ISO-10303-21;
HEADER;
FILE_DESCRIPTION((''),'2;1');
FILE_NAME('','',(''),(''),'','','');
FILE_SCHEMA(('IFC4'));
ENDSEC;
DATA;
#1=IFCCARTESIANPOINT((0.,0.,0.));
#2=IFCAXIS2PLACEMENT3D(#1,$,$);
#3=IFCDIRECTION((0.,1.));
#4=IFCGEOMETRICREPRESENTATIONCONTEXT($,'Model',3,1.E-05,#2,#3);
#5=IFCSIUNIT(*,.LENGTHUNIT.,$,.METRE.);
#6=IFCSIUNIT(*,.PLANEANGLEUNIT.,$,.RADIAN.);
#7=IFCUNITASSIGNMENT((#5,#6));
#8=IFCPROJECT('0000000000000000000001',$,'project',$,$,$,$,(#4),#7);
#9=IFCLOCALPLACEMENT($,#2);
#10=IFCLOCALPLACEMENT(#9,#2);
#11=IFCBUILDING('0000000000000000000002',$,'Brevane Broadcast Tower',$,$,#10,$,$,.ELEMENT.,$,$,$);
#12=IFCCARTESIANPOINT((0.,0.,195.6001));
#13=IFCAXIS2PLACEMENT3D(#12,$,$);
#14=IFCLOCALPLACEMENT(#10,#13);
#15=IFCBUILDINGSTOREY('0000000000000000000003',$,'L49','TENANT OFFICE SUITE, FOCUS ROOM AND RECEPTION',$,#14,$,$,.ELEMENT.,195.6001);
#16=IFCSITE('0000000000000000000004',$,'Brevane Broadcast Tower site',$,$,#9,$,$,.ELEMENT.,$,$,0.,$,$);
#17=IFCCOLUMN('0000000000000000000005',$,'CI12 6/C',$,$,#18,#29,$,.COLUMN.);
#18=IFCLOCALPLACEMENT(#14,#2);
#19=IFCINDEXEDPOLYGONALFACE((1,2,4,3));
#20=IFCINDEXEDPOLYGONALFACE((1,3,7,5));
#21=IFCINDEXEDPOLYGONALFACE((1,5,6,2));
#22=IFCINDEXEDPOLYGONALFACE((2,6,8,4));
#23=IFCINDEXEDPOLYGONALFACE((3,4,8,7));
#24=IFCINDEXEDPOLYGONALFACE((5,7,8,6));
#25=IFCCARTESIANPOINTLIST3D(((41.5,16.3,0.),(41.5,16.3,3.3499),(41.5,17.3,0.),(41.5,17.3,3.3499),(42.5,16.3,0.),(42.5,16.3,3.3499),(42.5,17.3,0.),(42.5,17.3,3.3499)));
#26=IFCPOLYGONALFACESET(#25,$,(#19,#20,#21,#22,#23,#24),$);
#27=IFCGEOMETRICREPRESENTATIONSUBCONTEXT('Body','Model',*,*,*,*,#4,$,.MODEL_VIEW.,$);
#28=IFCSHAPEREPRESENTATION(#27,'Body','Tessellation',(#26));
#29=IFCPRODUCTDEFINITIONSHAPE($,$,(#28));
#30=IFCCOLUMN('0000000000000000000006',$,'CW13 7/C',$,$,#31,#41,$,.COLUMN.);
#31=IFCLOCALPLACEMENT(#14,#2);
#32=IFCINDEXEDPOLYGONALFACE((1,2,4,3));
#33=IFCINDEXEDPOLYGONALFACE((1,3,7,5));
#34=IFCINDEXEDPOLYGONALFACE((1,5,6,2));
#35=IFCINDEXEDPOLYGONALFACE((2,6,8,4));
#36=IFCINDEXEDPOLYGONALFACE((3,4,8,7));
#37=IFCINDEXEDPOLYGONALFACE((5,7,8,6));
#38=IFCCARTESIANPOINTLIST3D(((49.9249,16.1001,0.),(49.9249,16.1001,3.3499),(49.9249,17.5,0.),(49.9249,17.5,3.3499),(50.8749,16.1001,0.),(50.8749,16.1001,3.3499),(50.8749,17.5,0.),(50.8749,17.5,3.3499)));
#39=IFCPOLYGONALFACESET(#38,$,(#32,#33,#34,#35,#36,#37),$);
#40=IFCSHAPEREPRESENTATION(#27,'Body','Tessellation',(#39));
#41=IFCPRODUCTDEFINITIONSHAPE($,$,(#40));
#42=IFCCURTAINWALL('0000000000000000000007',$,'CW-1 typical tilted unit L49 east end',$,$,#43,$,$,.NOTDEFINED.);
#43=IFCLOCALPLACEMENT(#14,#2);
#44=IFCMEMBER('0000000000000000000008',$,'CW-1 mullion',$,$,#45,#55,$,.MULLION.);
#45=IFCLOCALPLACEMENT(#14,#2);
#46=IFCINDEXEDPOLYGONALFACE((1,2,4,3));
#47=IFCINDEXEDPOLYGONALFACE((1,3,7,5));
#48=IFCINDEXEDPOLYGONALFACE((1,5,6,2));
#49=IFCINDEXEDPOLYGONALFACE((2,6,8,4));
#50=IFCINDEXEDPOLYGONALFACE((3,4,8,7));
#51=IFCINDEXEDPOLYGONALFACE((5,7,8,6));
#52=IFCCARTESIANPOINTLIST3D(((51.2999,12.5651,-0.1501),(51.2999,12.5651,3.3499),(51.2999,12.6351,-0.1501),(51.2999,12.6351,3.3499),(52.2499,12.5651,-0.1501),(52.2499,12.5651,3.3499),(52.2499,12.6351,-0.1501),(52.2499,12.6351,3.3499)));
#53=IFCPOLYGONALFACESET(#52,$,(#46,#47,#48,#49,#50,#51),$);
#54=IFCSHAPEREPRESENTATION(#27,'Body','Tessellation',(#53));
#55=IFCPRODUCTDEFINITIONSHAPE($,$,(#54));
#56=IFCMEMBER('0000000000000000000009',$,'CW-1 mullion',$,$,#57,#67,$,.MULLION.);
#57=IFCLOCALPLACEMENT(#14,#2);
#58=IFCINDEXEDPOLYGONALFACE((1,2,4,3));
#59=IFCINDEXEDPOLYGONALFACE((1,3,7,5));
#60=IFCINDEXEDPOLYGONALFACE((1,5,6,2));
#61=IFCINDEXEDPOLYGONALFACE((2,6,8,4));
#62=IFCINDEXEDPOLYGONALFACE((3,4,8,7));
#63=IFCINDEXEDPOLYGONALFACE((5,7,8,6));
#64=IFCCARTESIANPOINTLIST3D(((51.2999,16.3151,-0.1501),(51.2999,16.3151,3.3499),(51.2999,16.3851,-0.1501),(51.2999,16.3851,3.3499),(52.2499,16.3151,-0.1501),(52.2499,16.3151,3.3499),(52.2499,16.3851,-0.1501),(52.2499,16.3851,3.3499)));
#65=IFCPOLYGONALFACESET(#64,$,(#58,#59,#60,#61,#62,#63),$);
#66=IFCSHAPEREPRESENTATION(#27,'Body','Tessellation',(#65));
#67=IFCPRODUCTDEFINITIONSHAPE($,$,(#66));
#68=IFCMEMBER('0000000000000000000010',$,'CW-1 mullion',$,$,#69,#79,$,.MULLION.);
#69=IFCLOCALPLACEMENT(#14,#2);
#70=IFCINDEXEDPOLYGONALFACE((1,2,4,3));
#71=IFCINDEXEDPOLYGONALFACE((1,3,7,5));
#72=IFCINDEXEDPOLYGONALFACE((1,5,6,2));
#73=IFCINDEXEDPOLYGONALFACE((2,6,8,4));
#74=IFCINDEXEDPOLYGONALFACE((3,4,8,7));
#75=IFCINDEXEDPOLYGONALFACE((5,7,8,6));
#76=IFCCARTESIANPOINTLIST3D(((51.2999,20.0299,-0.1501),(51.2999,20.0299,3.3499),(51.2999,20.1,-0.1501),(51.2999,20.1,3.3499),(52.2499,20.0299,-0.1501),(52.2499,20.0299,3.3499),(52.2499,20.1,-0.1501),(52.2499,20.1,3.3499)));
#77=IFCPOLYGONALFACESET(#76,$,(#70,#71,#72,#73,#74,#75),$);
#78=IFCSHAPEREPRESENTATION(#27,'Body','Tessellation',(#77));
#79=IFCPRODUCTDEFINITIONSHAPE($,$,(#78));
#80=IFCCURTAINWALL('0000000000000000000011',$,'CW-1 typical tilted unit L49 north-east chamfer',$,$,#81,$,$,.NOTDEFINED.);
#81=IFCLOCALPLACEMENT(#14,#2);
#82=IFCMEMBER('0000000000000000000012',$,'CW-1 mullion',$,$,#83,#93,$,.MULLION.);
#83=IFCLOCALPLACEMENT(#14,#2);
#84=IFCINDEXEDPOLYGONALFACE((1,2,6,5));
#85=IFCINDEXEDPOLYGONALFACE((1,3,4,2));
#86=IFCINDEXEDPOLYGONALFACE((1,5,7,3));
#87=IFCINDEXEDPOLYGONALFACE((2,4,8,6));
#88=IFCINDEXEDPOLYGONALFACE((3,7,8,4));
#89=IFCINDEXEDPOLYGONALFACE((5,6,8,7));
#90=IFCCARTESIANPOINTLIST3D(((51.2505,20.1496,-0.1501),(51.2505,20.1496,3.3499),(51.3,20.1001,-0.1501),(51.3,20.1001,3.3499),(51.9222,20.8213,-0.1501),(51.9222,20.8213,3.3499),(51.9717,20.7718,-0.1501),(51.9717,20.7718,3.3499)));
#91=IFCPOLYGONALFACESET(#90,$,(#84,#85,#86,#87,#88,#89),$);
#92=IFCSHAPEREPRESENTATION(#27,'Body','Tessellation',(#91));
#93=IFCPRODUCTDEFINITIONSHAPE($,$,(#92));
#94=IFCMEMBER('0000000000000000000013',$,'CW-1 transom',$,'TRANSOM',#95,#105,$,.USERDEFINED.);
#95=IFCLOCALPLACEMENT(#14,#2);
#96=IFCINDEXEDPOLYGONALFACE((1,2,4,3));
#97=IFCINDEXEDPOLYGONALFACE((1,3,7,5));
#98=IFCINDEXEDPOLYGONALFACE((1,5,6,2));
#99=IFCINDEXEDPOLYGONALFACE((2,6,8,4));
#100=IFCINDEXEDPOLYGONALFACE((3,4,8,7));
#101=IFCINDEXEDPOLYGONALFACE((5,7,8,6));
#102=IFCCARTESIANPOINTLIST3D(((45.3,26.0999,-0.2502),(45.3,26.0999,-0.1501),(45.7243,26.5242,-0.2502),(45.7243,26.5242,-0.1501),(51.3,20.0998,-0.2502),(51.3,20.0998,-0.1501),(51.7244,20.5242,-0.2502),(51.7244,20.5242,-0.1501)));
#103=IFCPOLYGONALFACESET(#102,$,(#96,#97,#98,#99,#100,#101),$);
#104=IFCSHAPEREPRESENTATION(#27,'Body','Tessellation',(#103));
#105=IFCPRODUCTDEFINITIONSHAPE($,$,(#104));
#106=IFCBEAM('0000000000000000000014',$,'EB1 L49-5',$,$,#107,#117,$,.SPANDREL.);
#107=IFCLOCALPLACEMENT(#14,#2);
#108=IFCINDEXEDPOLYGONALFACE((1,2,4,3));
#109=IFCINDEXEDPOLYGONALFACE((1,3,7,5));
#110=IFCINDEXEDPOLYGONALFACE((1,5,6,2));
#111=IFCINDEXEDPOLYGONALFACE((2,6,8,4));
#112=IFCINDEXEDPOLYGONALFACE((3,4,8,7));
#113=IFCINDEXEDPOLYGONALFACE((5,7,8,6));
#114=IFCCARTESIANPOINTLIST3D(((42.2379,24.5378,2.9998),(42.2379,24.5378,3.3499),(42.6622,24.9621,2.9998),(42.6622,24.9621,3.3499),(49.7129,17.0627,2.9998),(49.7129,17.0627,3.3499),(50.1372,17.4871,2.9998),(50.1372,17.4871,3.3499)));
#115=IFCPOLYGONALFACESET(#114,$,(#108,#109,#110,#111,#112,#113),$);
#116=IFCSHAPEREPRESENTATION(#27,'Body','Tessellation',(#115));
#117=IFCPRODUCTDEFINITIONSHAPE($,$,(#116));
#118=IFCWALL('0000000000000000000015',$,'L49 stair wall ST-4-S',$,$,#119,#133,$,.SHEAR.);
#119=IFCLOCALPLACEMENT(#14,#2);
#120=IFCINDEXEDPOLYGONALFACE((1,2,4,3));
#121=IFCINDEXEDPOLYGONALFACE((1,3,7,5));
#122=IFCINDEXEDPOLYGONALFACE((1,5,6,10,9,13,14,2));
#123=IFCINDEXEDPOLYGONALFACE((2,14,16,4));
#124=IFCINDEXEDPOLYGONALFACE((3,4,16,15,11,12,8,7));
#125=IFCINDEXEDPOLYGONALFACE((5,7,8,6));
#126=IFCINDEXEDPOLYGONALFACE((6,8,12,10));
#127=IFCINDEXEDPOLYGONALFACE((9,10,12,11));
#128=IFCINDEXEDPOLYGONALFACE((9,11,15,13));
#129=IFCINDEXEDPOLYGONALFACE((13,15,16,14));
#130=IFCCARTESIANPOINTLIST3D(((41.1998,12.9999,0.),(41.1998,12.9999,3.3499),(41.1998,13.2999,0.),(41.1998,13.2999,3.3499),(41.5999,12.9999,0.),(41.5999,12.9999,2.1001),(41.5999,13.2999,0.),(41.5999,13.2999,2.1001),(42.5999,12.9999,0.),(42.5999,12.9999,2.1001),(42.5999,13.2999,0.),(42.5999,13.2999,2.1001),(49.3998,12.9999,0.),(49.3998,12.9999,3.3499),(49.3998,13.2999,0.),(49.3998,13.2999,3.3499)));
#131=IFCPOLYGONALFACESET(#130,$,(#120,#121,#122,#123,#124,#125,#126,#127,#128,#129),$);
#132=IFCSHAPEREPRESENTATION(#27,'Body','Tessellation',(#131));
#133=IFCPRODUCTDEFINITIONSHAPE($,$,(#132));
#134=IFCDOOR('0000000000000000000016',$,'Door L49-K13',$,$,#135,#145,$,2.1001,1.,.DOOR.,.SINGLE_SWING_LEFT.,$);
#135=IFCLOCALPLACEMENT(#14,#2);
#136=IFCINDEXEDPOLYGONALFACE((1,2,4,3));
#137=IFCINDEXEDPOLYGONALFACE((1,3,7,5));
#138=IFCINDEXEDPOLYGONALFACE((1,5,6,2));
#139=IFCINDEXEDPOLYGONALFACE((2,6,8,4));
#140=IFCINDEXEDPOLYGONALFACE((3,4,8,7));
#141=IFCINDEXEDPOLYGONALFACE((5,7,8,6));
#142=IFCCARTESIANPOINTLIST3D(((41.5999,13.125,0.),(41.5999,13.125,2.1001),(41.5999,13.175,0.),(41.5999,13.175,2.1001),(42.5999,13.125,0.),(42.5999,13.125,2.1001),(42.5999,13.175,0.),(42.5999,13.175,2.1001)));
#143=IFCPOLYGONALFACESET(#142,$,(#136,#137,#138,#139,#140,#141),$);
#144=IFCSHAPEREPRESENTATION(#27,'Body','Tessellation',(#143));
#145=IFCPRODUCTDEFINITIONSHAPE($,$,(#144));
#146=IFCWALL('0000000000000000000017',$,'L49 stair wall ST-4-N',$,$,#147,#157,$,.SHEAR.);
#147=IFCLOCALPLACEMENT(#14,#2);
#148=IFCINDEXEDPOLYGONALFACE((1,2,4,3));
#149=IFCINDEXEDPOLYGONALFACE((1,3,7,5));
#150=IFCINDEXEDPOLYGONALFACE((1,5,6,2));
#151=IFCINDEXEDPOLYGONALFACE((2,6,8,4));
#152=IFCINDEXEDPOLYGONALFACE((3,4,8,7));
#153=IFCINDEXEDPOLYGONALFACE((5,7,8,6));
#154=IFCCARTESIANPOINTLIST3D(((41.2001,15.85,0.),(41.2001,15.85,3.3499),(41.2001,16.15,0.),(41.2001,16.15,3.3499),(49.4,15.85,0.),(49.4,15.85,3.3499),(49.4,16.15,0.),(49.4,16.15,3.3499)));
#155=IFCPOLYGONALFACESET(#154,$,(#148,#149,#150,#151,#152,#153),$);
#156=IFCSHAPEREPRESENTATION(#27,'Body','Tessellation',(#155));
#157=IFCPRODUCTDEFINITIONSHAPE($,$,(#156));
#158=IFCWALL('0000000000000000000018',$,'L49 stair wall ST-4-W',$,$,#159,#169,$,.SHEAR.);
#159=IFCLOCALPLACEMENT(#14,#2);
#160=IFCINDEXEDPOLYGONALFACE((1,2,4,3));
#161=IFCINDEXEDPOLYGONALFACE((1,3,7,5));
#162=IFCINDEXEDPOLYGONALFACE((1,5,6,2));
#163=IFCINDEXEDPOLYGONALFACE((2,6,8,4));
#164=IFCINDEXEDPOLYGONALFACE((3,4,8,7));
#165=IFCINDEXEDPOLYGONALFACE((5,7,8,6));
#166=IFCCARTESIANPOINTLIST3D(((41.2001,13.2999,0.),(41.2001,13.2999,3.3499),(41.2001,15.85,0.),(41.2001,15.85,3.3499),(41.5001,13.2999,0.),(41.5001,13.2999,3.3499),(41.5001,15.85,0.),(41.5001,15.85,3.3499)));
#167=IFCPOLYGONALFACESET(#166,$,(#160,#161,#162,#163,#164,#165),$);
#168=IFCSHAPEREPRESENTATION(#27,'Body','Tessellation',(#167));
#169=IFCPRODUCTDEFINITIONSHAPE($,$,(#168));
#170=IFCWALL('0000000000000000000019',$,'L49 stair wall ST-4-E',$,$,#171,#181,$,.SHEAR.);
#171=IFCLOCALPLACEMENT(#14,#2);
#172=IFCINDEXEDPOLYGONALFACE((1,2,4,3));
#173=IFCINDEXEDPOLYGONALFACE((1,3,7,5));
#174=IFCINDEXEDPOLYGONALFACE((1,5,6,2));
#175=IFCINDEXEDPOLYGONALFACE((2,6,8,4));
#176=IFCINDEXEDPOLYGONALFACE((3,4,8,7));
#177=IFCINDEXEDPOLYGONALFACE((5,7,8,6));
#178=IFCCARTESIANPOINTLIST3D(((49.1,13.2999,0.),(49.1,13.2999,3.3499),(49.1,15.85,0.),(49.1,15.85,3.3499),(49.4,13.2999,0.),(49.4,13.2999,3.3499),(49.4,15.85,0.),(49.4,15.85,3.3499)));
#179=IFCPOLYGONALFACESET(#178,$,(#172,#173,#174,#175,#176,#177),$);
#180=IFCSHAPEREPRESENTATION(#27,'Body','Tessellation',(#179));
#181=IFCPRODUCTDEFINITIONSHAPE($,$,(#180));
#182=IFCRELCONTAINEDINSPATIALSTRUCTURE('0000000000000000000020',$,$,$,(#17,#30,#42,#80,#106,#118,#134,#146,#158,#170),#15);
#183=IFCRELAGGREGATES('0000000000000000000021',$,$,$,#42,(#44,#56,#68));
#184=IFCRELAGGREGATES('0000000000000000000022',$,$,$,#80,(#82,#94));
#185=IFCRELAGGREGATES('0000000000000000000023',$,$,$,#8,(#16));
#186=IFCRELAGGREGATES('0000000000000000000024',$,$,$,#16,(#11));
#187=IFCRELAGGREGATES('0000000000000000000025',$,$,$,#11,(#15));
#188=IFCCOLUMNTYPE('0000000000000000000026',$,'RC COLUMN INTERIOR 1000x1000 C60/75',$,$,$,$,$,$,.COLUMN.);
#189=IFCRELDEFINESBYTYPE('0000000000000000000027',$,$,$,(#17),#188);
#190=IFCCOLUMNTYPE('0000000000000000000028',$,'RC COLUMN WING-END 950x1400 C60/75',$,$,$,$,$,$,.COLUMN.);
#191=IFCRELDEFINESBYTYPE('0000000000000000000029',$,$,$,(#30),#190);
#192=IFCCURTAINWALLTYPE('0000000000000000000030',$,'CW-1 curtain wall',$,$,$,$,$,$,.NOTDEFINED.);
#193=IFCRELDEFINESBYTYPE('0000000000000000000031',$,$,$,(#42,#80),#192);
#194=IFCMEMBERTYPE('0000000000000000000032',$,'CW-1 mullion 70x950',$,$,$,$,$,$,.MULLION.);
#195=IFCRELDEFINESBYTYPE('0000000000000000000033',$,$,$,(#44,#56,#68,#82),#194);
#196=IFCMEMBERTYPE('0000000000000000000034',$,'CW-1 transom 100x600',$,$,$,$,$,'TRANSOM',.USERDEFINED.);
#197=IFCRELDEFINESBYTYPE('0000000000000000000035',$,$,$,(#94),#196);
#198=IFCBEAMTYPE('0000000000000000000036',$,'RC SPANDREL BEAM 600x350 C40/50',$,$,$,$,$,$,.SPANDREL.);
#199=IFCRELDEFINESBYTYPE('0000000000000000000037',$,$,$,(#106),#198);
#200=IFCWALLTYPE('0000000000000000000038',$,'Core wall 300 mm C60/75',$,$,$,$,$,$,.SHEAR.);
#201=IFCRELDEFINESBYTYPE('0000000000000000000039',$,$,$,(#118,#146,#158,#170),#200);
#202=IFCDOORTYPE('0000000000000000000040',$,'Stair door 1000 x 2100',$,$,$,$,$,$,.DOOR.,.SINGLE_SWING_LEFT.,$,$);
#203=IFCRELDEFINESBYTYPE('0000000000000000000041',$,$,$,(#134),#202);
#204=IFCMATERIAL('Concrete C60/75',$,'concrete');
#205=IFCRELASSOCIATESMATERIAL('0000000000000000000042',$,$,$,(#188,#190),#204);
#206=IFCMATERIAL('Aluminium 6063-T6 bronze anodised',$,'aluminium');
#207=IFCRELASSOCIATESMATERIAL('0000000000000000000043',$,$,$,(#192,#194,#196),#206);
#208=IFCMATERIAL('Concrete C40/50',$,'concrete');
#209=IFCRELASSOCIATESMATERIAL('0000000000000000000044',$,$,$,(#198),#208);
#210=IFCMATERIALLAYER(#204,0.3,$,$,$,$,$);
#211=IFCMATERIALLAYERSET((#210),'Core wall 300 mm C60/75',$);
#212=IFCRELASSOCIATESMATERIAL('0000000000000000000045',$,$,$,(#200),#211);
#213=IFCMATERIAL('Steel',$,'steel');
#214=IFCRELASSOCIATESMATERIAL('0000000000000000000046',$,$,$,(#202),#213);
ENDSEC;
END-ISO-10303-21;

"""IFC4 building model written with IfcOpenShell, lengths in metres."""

from ifc_helpers import new_model, si_unit, direction, frame, frame_2d, origin, origin_2d, place, context, subcontext, project, spatial, rectangle, extrude, material, layer, layer_set, material_profile, profile_set, type_object, element, fill, aggregate, save


model = new_model("IFC4")

# Units and contexts
model_context = context("Model", 3, precision=1e-05, world=origin(), true_north=direction((0.0, 1.0)))
body_context = subcontext(model_context, "Body", "Model", "MODEL_VIEW")
ifc_project = project(units=[si_unit("LENGTHUNIT", "METRE"), si_unit("PLANEANGLEUNIT", "RADIAN")], contexts=[model_context])

# Site, building, storey
site_placement = place(None, origin())
site = spatial("IfcSite", under=ifc_project, at=site_placement, Name="Brevane Broadcast Tower site", CompositionType="ELEMENT", RefElevation=0.0)
building_placement = place(site_placement, origin())
building = spatial("IfcBuilding", under=site, at=building_placement, Name="Brevane Broadcast Tower", CompositionType="ELEMENT")
storey_placement = place(building_placement, frame((0.0, 0.0, 195.6001)))
storey = spatial("IfcBuildingStorey", under=building, at=storey_placement, Name="L49", Description="TENANT OFFICE SUITE, FOCUS ROOM AND RECEPTION", CompositionType="ELEMENT", Elevation=195.6001)

# Columns
ifc_material_1 = material(Name="Concrete C60/75", Category="concrete")
ifc_material_profile_1 = material_profile(ifc_material_1, rectangle(XDim=1.0, YDim=1.0, at=origin_2d()), Name="RC 1000x1000")
ifc_profile_set_1 = profile_set([ifc_material_profile_1], Name="Concrete C60/75")
column_type_1 = type_object("IfcColumnType", Name="RC COLUMN INTERIOR 1000x1000 C60/75", PredefinedType="COLUMN", material=ifc_profile_set_1)
column_1_placement = place(storey_placement, frame((42.0, 16.8, 0.0), z_axis=(0.0, 0.0, 1.0), x_axis=(1.0, 0.0, 0.0)))
element("IfcColumn", 1, at=column_1_placement, inside=storey, type_object=column_type_1, Name="CI12 6/C", PredefinedType="COLUMN", context=body_context, shape_type="SweptSolid", body=[
    extrude(rectangle(XDim=1.0, YDim=1.0, at=origin_2d()), origin(), (0.0, 0.0, 1.0), 3.3499),
])
ifc_material_profile_2 = material_profile(ifc_material_1, rectangle(XDim=0.95, YDim=1.3999, at=origin_2d()), Name="RC 950x1400")
ifc_profile_set_2 = profile_set([ifc_material_profile_2], Name="Concrete C60/75")
column_type_2 = type_object("IfcColumnType", Name="RC COLUMN WING-END 950x1400 C60/75", PredefinedType="COLUMN", material=ifc_profile_set_2)
column_2_placement = place(storey_placement, frame((50.3999, 16.8, 0.0), z_axis=(0.0, 0.0, 1.0), x_axis=(1.0, 0.0, 0.0)))
element("IfcColumn", 2, at=column_2_placement, inside=storey, type_object=column_type_2, Name="CW13 7/C", PredefinedType="COLUMN", context=body_context, shape_type="SweptSolid", body=[
    extrude(rectangle(XDim=0.95, YDim=1.3999, at=origin_2d()), origin(), (0.0, 0.0, 1.0), 3.3499),
])

# Curtain walls, members
ifc_material_2 = material(Name="Aluminium 6063-T6 bronze anodised", Category="aluminium")
curtain_wall_type = type_object("IfcCurtainWallType", Name="CW-1 curtain wall", PredefinedType="NOTDEFINED", material=ifc_material_2)
curtain_wall_1_placement = place(storey_placement, origin())
curtain_wall_1 = element("IfcCurtainWall", 3, at=curtain_wall_1_placement, inside=storey, type_object=curtain_wall_type, Name="CW-1 typical tilted unit L49 east end", PredefinedType="NOTDEFINED")
ifc_material_profile_3 = material_profile(ifc_material_2, rectangle(XDim=0.95, YDim=0.0701, at=origin_2d()), Name="RECT 70x950")
ifc_profile_set_3 = profile_set([ifc_material_profile_3], Name="Aluminium 6063-T6 bronze anodised")
member_type_1 = type_object("IfcMemberType", Name="CW-1 mullion 70x950", PredefinedType="MULLION", material=ifc_profile_set_3)
member_1_placement = place(storey_placement, frame((51.7749, 12.6001, -0.1501), z_axis=(0.0, 0.0, 1.0), x_axis=(-1.0, 0.0, 0.0)))
member_1 = element("IfcMember", 4, at=member_1_placement, type_object=member_type_1, Name="CW-1 mullion", PredefinedType="MULLION", context=body_context, shape_type="SweptSolid", body=[
    extrude(rectangle(XDim=0.95, YDim=0.0701, at=origin_2d()), origin(), (0.0, 0.0, 1.0), 3.5),
])
member_2_placement = place(storey_placement, frame((51.7749, 16.3501, -0.1501), z_axis=(0.0, 0.0, 1.0), x_axis=(-1.0, 0.0, 0.0)))
member_2 = element("IfcMember", 5, at=member_2_placement, type_object=member_type_1, Name="CW-1 mullion", PredefinedType="MULLION", context=body_context, shape_type="SweptSolid", body=[
    extrude(rectangle(XDim=0.95, YDim=0.0701, at=origin_2d()), origin(), (0.0, 0.0, 1.0), 3.5),
])
member_3_placement = place(storey_placement, frame((51.7749, 20.0649, -0.1501), z_axis=(0.0, 0.0, 1.0), x_axis=(-1.0, 0.0, 0.0)))
member_3 = element("IfcMember", 6, at=member_3_placement, type_object=member_type_1, Name="CW-1 mullion", PredefinedType="MULLION", context=body_context, shape_type="SweptSolid", body=[
    extrude(rectangle(XDim=0.95, YDim=0.0701, at=origin_2d()), origin(), (0.0, 0.0, 1.0), 3.5),
])
aggregate(curtain_wall_1, [member_1, member_2, member_3])
curtain_wall_2_placement = place(storey_placement, origin())
curtain_wall_2 = element("IfcCurtainWall", 7, at=curtain_wall_2_placement, inside=storey, type_object=curtain_wall_type, Name="CW-1 typical tilted unit L49 north-east chamfer", PredefinedType="NOTDEFINED")
member_4_placement = place(storey_placement, frame((51.6111, 20.4607, -0.1501), z_axis=(0.0, 0.0, 1.0), x_axis=(-0.707107, -0.707107, 0.0)))
member_4 = element("IfcMember", 8, at=member_4_placement, type_object=member_type_1, Name="CW-1 mullion", PredefinedType="MULLION", context=body_context, shape_type="SweptSolid", body=[
    extrude(rectangle(XDim=0.95, YDim=0.0701, at=origin_2d()), origin(), (0.0, 0.0, 1.0), 3.5),
])
ifc_material_profile_4 = material_profile(ifc_material_2, rectangle(XDim=0.6001, YDim=0.1001, at=origin_2d()), Name="RECT 100x600")
ifc_profile_set_4 = profile_set([ifc_material_profile_4], Name="Aluminium 6063-T6 bronze anodised")
member_type_2 = type_object("IfcMemberType", Name="CW-1 transom 100x600", ElementType="TRANSOM", PredefinedType="USERDEFINED", material=ifc_profile_set_4)
member_5_placement = place(storey_placement, frame((51.5122, 20.312, -0.2002), z_axis=(-0.707107, 0.707107, 0.0), x_axis=(-0.707107, -0.707107, 0.0)))
member_5 = element("IfcMember", 9, at=member_5_placement, type_object=member_type_2, Name="CW-1 transom", ObjectType="TRANSOM", PredefinedType="USERDEFINED", context=body_context, shape_type="SweptSolid", body=[
    extrude(rectangle(XDim=0.6001, YDim=0.1001, at=origin_2d()), origin(), (0.0, 0.0, 1.0), 8.4854),
])
aggregate(curtain_wall_2, [member_4, member_5])

# Beam
ifc_material_3 = material(Name="Concrete C40/50", Category="concrete")
ifc_material_profile_5 = material_profile(ifc_material_3, rectangle(XDim=0.6001, YDim=0.3501, at=origin_2d()), Name="RC 600x350")
ifc_profile_set_5 = profile_set([ifc_material_profile_5], Name="Concrete C40/50")
beam_type = type_object("IfcBeamType", Name="RC SPANDREL BEAM 600x350 C40/50", PredefinedType="SPANDREL", material=ifc_profile_set_5)
beam_placement = place(storey_placement, frame((49.925, 17.2749, 3.1748), z_axis=(-0.707107, 0.707107, 0.0), x_axis=(-0.707107, -0.707107, 0.0)))
element("IfcBeam", 10, at=beam_placement, inside=storey, type_object=beam_type, Name="EB1 L49-5", PredefinedType="SPANDREL", context=body_context, shape_type="SweptSolid", body=[
    extrude(rectangle(XDim=0.6001, YDim=0.3501, at=origin_2d()), origin(), (0.0, 0.0, 1.0), 10.5713),
])

# Wall, opening, door
ifc_layer_1 = layer(ifc_material_1, 0.3)
ifc_layer_set_1 = layer_set([ifc_layer_1], Name="Core wall 300 mm C60/75")
wall_type_1 = type_object("IfcWallType", Name="Core wall 300 mm C60/75", PredefinedType="SHEAR", material=ifc_layer_set_1)
wall_1_placement = place(storey_placement, frame((49.3999, 13.1499, 0.0), z_axis=(0.0, 0.0, 1.0), x_axis=(-1.0, 0.0, 0.0)))
wall_1 = element("IfcWall", 11, at=wall_1_placement, inside=storey, type_object=wall_type_1, Name="L49 stair wall ST-4-S", PredefinedType="SHEAR", context=body_context, shape_type="SweptSolid", body=[
    extrude(rectangle(XDim=8.2, YDim=0.3, at=frame_2d((4.1001, 0.0))), origin(), (0.0, 0.0, 1.0), 3.3499),
])
opening_1_placement = place(wall_1_placement, frame((6.8, 0.0, 0.0)))
opening_1 = element("IfcOpeningElement", 12, at=opening_1_placement, cuts=wall_1, PredefinedType="OPENING", context=body_context, shape_type="SweptSolid", body=[
    extrude(rectangle(XDim=1.0, YDim=2.1001, at=frame_2d((0.5, 1.05))), frame((0.0, 0.1599, 0.0), z_axis=(0.0, -1.0, 0.0), x_axis=(1.0, 0.0, 0.0)), (0.0, 0.0, 1.0), 0.3201),
])
ifc_material_4 = material(Name="Steel", Category="steel")
door_type_1 = type_object("IfcDoorType", Name="Stair door 1000 x 2100", OperationType="SINGLE_SWING_LEFT", PredefinedType="DOOR", material=ifc_material_4)
door_1_placement = place(opening_1_placement, origin())
door_1 = element("IfcDoor", 13, at=door_1_placement, inside=storey, type_object=door_type_1, Name="Door L49-K13", OperationType="SINGLE_SWING_LEFT", OverallHeight=2.1001, OverallWidth=1.0, PredefinedType="DOOR", context=body_context, shape_type="SweptSolid", body=[
    extrude(rectangle(XDim=1.0, YDim=2.1001, at=frame_2d((0.5, 1.05))), frame((0.0, 0.0249, 0.0), z_axis=(0.0, -1.0, 0.0), x_axis=(1.0, 0.0, 0.0)), (0.0, 0.0, 1.0), 0.05),
])
fill(opening_1, door_1)

# Walls
wall_2_placement = place(storey_placement, frame((41.2, 16.0, 0.0), z_axis=(0.0, 0.0, 1.0), x_axis=(1.0, 0.0, 0.0)))
element("IfcWall", 14, at=wall_2_placement, inside=storey, type_object=wall_type_1, Name="L49 stair wall ST-4-N", PredefinedType="SHEAR", context=body_context, shape_type="SweptSolid", body=[
    extrude(rectangle(XDim=8.2, YDim=0.3, at=frame_2d((4.1001, 0.0))), origin(), (0.0, 0.0, 1.0), 3.3499),
])
for number, where, z_axis, x_axis, name in (
    (15, (41.3501, 13.3, 0.0), (0.0, 0.0, 1.0), (0.0, 1.0, 0.0), "L49 stair wall ST-4-W"),
    (16, (49.25, 13.3, 0.0), (0.0, 0.0, 1.0), (0.0, 1.0, 0.0), "L49 stair wall ST-4-E"),
):
    element("IfcWall", number, at=place(storey_placement, frame(where, z_axis=z_axis, x_axis=x_axis)), inside=storey, type_object=wall_type_1, Name=name, PredefinedType="SHEAR", context=body_context, shape_type="SweptSolid", body=[
        extrude(rectangle(XDim=2.55, YDim=0.3, at=frame_2d((1.2749, 0.0))), origin(), (0.0, 0.0, 1.0), 3.3499),
    ])

save(model, "model.ifc")
